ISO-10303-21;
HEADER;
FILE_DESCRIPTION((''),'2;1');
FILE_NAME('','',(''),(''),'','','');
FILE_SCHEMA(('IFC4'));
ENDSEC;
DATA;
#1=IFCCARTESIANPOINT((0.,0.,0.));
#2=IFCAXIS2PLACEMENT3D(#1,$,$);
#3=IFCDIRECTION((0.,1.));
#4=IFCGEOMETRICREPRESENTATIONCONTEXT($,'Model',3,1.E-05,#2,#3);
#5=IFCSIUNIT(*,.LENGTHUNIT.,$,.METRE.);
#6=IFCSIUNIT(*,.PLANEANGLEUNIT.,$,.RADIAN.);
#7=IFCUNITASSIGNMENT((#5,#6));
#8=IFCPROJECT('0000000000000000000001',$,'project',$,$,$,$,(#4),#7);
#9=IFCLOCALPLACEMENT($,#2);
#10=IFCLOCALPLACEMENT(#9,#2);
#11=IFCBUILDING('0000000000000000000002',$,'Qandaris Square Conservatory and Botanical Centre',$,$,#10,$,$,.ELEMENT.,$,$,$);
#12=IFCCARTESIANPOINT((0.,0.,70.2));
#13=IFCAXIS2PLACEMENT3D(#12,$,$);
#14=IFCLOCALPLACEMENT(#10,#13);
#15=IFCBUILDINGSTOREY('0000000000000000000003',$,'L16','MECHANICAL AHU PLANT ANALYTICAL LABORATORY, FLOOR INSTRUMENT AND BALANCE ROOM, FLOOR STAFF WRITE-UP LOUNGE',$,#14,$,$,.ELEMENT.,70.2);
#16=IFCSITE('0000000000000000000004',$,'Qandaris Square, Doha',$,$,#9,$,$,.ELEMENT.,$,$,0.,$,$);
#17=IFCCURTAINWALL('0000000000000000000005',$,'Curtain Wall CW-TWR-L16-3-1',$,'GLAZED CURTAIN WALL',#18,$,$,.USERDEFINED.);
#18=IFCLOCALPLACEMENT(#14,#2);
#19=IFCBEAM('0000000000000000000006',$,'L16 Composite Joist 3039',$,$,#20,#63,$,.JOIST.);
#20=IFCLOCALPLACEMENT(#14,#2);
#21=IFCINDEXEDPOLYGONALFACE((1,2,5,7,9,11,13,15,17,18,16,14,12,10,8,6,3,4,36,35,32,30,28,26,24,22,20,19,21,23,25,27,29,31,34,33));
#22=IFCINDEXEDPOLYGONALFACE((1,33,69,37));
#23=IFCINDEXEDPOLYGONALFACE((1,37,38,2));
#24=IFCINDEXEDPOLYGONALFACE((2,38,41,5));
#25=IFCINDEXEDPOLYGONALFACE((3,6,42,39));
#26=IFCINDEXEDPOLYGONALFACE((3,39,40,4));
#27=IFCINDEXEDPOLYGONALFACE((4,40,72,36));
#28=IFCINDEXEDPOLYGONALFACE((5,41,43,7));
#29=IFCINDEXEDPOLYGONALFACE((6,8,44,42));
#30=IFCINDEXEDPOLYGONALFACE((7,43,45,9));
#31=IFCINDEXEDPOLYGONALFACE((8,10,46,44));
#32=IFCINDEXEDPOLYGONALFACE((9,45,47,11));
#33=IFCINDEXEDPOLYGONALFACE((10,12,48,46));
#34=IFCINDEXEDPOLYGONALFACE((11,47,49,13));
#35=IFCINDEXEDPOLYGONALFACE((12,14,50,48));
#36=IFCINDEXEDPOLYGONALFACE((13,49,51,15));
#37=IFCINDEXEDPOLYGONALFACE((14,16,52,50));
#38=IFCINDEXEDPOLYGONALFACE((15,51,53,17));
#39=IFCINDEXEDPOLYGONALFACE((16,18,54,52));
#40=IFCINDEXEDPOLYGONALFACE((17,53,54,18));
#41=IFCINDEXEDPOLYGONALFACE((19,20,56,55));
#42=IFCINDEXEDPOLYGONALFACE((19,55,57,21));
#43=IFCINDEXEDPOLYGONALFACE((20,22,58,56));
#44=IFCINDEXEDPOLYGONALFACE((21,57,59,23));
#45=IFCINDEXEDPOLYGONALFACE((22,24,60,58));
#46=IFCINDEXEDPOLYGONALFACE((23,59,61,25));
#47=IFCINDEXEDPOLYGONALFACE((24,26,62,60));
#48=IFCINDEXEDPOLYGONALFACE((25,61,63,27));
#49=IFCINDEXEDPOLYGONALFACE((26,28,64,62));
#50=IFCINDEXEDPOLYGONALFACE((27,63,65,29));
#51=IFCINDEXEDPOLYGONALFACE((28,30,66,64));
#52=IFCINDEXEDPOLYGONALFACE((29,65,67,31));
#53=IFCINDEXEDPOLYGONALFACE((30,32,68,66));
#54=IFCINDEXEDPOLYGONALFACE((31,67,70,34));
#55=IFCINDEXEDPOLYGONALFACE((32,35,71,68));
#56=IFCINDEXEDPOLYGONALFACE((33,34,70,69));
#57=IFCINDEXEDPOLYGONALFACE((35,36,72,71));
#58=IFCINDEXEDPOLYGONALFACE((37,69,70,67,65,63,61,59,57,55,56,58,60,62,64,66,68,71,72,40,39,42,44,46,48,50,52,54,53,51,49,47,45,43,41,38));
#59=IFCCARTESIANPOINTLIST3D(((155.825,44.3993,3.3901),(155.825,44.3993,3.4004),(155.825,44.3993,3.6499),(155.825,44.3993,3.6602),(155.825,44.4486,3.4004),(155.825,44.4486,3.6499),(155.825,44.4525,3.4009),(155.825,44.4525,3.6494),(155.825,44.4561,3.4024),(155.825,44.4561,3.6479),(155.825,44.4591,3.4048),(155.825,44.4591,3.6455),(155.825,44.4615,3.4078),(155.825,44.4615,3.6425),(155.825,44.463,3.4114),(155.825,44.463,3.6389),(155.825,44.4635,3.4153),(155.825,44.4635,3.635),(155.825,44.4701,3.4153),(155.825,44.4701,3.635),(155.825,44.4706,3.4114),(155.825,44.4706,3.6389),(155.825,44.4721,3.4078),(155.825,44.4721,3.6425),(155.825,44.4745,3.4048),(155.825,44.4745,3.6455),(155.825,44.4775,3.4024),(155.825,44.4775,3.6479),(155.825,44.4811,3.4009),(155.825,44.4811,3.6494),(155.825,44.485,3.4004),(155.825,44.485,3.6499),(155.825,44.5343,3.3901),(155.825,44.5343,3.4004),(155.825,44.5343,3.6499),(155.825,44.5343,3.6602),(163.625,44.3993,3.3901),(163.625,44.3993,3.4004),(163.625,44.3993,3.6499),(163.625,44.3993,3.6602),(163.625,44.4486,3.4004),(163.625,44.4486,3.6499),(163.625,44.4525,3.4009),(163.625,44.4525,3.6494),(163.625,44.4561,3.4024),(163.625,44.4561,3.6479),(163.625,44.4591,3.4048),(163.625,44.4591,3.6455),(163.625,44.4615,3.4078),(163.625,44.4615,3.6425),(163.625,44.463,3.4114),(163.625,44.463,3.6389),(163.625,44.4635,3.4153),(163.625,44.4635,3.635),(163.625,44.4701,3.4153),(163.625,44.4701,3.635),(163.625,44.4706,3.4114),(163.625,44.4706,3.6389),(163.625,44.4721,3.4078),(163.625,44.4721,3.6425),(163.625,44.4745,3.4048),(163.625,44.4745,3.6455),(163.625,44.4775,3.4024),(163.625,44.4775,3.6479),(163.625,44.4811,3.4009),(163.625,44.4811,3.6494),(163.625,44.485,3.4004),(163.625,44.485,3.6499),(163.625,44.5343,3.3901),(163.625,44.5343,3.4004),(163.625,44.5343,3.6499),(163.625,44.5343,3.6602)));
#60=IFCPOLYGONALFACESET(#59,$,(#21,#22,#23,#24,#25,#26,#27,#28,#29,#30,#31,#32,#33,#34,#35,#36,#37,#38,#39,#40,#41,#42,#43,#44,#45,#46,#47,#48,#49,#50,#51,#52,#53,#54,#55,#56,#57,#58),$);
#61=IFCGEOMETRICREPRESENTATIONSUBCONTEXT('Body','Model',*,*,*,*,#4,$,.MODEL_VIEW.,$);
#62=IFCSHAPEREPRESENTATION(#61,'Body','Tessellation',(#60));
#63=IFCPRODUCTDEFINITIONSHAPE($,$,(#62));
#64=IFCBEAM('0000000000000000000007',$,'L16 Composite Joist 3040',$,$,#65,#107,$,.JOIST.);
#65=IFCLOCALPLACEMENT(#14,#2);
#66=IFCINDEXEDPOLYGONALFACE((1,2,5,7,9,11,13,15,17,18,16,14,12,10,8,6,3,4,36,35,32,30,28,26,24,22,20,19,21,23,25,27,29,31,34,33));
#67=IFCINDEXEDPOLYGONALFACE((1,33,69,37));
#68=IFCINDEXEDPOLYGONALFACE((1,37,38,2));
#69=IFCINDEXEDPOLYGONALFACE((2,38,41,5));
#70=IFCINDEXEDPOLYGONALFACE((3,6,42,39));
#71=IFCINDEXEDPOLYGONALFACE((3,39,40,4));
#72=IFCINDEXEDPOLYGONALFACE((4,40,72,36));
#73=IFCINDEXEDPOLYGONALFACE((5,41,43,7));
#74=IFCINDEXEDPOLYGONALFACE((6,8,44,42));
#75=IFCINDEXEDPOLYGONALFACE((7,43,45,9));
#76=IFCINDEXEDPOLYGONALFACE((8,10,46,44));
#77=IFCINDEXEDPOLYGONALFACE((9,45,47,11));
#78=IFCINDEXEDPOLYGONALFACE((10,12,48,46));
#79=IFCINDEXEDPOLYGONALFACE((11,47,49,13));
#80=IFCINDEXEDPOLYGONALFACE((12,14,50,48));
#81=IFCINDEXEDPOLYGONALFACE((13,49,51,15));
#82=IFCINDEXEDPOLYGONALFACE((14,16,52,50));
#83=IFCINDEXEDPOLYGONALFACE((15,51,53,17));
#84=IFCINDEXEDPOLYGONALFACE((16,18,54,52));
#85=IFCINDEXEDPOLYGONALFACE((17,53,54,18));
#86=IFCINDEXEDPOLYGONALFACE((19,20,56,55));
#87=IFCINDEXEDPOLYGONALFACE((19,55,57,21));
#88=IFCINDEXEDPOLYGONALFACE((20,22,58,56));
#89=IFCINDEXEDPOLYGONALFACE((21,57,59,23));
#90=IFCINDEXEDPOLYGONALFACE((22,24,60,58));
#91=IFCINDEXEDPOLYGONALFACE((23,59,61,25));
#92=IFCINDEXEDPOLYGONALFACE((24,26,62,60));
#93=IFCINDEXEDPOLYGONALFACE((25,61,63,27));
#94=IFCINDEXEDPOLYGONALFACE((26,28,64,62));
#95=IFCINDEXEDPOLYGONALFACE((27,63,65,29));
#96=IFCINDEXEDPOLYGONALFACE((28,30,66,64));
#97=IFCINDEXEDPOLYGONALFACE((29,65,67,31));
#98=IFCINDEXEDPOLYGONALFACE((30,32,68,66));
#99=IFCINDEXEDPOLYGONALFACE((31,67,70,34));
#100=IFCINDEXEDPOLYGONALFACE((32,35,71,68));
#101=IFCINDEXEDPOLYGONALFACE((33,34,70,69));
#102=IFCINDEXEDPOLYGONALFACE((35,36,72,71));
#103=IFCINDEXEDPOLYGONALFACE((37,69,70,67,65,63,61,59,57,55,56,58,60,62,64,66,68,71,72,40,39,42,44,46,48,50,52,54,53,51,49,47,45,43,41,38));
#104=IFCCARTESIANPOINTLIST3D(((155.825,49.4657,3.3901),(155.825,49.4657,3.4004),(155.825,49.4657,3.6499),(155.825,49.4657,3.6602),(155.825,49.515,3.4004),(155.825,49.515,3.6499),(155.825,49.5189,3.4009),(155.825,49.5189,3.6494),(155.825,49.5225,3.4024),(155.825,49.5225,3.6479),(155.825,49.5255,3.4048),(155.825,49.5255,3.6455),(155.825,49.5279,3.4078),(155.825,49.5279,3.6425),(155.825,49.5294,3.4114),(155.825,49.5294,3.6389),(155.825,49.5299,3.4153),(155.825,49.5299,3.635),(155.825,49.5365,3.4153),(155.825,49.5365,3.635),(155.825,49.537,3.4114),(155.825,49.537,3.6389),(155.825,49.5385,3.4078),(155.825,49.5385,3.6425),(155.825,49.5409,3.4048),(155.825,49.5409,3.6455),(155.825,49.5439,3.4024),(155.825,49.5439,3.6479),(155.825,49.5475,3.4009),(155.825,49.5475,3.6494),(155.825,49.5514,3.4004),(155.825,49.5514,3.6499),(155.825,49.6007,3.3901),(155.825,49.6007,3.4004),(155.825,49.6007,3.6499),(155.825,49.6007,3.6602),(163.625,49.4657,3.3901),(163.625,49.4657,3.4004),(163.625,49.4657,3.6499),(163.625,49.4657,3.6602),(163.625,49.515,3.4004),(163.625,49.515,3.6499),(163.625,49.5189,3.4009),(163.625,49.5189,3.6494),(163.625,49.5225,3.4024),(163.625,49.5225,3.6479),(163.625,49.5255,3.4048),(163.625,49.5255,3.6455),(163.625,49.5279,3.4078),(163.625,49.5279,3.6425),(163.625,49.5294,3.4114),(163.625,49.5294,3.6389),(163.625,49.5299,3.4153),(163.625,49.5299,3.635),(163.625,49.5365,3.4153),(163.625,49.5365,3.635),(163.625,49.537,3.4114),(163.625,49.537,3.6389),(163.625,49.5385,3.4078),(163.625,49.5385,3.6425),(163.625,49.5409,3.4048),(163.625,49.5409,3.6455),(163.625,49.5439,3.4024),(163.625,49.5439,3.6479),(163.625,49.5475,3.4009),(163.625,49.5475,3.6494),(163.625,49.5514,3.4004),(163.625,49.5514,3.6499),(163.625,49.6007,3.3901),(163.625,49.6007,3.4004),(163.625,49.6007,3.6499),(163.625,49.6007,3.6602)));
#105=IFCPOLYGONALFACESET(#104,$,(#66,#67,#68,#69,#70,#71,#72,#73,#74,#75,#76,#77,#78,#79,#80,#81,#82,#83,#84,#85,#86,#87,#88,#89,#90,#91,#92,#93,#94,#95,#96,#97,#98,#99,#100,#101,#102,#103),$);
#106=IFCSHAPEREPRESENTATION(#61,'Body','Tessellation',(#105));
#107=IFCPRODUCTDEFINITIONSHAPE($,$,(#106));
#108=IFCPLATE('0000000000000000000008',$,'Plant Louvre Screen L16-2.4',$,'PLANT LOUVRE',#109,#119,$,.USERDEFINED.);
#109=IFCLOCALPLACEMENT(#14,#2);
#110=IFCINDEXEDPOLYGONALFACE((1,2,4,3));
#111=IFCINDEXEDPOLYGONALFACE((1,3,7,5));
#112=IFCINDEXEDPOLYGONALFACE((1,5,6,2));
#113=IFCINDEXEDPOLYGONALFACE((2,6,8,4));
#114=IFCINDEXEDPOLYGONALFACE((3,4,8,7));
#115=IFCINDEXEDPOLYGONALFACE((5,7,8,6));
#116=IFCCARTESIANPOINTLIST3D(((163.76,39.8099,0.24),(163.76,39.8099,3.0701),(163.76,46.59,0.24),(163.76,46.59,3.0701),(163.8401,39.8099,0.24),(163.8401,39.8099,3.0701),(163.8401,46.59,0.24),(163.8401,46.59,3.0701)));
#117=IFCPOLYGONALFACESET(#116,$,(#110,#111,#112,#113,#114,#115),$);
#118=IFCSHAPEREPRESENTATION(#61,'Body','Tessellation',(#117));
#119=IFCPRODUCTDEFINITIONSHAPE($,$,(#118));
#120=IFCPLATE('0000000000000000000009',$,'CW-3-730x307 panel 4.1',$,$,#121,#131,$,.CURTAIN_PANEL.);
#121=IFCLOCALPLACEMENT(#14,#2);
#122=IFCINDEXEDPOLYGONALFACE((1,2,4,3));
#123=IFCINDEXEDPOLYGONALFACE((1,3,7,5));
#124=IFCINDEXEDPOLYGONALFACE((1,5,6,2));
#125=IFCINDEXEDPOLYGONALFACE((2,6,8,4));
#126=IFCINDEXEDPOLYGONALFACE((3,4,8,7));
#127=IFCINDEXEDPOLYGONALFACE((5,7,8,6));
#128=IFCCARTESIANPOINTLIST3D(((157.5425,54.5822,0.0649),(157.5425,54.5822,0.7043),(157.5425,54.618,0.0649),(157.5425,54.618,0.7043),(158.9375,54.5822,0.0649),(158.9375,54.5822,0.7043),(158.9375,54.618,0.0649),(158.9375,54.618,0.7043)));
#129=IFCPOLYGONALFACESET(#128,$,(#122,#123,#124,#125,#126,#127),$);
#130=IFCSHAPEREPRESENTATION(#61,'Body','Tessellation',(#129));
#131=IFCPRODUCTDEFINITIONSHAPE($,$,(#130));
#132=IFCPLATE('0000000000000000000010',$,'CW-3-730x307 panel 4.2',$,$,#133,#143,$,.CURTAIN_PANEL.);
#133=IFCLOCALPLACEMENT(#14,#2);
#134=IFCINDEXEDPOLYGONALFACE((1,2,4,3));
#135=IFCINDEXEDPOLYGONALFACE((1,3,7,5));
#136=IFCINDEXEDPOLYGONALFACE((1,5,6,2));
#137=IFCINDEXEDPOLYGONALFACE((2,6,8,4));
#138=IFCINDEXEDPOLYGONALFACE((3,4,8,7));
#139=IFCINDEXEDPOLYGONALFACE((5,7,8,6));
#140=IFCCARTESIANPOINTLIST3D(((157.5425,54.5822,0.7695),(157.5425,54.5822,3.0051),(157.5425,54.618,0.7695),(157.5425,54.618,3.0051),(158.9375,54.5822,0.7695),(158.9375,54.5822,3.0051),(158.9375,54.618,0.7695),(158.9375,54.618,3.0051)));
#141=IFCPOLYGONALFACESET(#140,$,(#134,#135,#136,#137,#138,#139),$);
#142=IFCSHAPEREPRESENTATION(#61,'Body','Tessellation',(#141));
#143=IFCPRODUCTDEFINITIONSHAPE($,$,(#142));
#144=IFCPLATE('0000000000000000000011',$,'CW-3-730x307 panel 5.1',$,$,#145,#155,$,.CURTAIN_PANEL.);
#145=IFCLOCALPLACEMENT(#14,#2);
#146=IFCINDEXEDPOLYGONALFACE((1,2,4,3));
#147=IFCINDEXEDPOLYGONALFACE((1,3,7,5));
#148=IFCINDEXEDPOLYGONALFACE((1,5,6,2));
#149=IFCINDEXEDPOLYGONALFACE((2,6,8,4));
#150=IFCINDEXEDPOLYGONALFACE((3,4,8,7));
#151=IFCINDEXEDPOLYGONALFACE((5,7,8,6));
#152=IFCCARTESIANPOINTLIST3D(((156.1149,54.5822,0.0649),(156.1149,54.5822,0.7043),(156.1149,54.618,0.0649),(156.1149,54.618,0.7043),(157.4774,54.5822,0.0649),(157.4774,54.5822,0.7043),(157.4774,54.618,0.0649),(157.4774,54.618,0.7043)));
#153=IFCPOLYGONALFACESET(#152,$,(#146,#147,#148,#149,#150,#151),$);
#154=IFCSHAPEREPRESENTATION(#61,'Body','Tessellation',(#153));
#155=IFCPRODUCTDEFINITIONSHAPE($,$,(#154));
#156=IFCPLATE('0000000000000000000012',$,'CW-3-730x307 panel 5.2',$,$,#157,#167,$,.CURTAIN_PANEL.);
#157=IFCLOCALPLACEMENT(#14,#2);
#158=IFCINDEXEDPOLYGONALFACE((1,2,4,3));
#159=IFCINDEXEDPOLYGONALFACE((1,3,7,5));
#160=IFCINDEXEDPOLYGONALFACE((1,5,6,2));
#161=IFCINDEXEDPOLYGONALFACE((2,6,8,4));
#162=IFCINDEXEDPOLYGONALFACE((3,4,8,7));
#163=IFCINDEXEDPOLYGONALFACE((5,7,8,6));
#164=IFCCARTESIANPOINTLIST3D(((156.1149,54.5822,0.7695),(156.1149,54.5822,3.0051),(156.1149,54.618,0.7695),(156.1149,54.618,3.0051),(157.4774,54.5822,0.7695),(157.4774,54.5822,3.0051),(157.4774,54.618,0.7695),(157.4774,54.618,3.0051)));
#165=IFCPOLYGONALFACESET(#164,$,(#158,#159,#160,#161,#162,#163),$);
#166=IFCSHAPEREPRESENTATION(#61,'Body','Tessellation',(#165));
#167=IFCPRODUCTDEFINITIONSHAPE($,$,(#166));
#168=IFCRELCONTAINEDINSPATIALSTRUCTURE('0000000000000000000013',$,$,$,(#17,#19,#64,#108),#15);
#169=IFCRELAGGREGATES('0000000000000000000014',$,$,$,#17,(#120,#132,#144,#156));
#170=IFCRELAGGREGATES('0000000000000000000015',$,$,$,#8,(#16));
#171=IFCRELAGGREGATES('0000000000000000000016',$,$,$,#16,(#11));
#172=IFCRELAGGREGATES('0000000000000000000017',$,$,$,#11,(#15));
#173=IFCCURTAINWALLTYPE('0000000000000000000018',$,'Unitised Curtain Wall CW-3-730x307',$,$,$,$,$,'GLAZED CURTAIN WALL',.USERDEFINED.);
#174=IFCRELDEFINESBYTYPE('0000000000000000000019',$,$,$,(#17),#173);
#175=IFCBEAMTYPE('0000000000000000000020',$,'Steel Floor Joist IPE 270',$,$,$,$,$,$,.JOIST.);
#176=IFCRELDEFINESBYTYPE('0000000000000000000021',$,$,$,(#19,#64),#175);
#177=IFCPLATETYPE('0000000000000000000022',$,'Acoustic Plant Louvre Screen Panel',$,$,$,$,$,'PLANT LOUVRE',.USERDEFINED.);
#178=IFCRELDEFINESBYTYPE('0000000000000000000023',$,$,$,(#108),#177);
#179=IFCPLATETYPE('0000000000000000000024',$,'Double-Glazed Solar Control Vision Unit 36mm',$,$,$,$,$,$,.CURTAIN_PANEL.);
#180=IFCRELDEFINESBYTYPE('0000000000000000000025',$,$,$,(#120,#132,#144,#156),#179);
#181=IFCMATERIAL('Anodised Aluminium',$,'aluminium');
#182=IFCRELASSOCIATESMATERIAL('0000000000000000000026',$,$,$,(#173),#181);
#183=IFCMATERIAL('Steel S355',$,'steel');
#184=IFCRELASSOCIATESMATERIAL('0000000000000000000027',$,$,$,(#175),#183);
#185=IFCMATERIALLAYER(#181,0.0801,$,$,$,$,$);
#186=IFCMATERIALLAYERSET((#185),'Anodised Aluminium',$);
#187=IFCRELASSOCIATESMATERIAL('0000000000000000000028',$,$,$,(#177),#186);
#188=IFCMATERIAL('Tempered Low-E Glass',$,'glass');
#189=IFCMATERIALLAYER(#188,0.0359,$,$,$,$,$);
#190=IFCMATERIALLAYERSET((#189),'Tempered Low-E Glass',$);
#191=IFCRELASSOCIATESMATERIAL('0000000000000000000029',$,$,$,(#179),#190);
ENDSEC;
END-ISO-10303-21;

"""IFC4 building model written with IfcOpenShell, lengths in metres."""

from ifc_helpers import new_model, si_unit, direction, frame, origin, origin_2d, place, context, subcontext, project, spatial, rectangle, i_section, extrude, material, layer, layer_set, material_profile, profile_set, type_object, element, aggregate, save


model = new_model("IFC4")

# Units and contexts
model_context = context("Model", 3, precision=1e-05, world=origin(), true_north=direction((0.0, 1.0)))
body_context = subcontext(model_context, "Body", "Model", "MODEL_VIEW")
ifc_project = project(units=[si_unit("LENGTHUNIT", "METRE"), si_unit("PLANEANGLEUNIT", "RADIAN")], contexts=[model_context])

# Site, building, storey
site_placement = place(None, origin())
site = spatial("IfcSite", under=ifc_project, at=site_placement, Name="Qandaris Square, Doha", CompositionType="ELEMENT", RefElevation=0.0)
building_placement = place(site_placement, origin())
building = spatial("IfcBuilding", under=site, at=building_placement, Name="Qandaris Square Conservatory and Botanical Centre", CompositionType="ELEMENT")
storey_placement = place(building_placement, frame((0.0, 0.0, 70.2)))
storey = spatial("IfcBuildingStorey", under=building, at=storey_placement, Name="L16", Description="MECHANICAL AHU PLANT ANALYTICAL LABORATORY, FLOOR INSTRUMENT AND BALANCE ROOM, FLOOR STAFF WRITE-UP LOUNGE", CompositionType="ELEMENT", Elevation=70.2)

# Shared definitions
ifc_material_1 = material(Name="Steel S355", Category="steel")

# Shared definitions
ifc_material_2 = material(Name="Anodised Aluminium", Category="aluminium")

# Curtain wall
curtain_wall_type_1 = type_object("IfcCurtainWallType", Name="Unitised Curtain Wall CW-3-730x307", ElementType="GLAZED CURTAIN WALL", PredefinedType="USERDEFINED", material=ifc_material_2)
curtain_wall_1_placement = place(storey_placement, origin())
curtain_wall_1 = element("IfcCurtainWall", 1, at=curtain_wall_1_placement, inside=storey, type_object=curtain_wall_type_1, Name="Curtain Wall CW-TWR-L16-3-1", ObjectType="GLAZED CURTAIN WALL", PredefinedType="USERDEFINED")

# Beams
ifc_material_profile_1 = material_profile(ifc_material_1, i_section(OverallWidth=0.135, OverallDepth=0.27, WebThickness=0.0066, FlangeThickness=0.0103, FilletRadius=0.0149, at=origin_2d()), Name="IPE 270")
ifc_profile_set_1 = profile_set([ifc_material_profile_1], Name="Steel S355")
beam_type_1 = type_object("IfcBeamType", Name="Steel Floor Joist IPE 270", PredefinedType="JOIST", material=ifc_profile_set_1)
for number, where, z_axis, x_axis, name in (
    (2, (155.825, 44.4668, 3.5251), (1.0, 0.0, 0.0), (0.0, 1.0, 0.0), "L16 Composite Joist 3039"),
    (3, (155.825, 49.5332, 3.5251), (1.0, 0.0, 0.0), (0.0, 1.0, 0.0), "L16 Composite Joist 3040"),
):
    element("IfcBeam", number, at=place(storey_placement, frame(where, z_axis=z_axis, x_axis=x_axis)), inside=storey, type_object=beam_type_1, Name=name, PredefinedType="JOIST", context=body_context, shape_type="SweptSolid", body=[
        extrude(i_section(OverallWidth=0.135, OverallDepth=0.27, WebThickness=0.0066, FlangeThickness=0.0103, FilletRadius=0.0149, at=origin_2d()), origin(), (0.0, 0.0, 1.0), 7.8),
    ])

# Plates
ifc_layer_1 = layer(ifc_material_2, 0.0801)
ifc_layer_set_1 = layer_set([ifc_layer_1], Name="Anodised Aluminium")
plate_type_1 = type_object("IfcPlateType", Name="Acoustic Plant Louvre Screen Panel", ElementType="PLANT LOUVRE", PredefinedType="USERDEFINED", material=ifc_layer_set_1)
plate_1_placement = place(storey_placement, frame((163.8, 43.2, 0.24), z_axis=(0.0, 0.0, 1.0), x_axis=(0.0, 1.0, 0.0)))
element("IfcPlate", 4, at=plate_1_placement, inside=storey, type_object=plate_type_1, Name="Plant Louvre Screen L16-2.4", ObjectType="PLANT LOUVRE", PredefinedType="USERDEFINED", context=body_context, shape_type="SweptSolid", body=[
    extrude(rectangle(XDim=6.78, YDim=0.0801, at=origin_2d()), origin(), (0.0, 0.0, 1.0), 2.8301),
])
ifc_material_3 = material(Name="Tempered Low-E Glass", Category="glass")
ifc_layer_2 = layer(ifc_material_3, 0.0359)
ifc_layer_set_2 = layer_set([ifc_layer_2], Name="Tempered Low-E Glass")
plate_type_2 = type_object("IfcPlateType", Name="Double-Glazed Solar Control Vision Unit 36mm", PredefinedType="CURTAIN_PANEL", material=ifc_layer_set_2)
plate_2_placement = place(storey_placement, frame((158.24, 54.6001, 0.0649), z_axis=(0.0, 0.0, 1.0), x_axis=(-1.0, 0.0, 0.0)))
plate_2 = element("IfcPlate", 5, at=plate_2_placement, type_object=plate_type_2, Name="CW-3-730x307 panel 4.1", PredefinedType="CURTAIN_PANEL", context=body_context, shape_type="SweptSolid", body=[
    extrude(rectangle(XDim=1.395, YDim=0.0359, at=origin_2d()), origin(), (0.0, 0.0, 1.0), 0.6394),
])
plate_3_placement = place(storey_placement, frame((158.24, 54.6001, 0.7695), z_axis=(0.0, 0.0, 1.0), x_axis=(-1.0, 0.0, 0.0)))
plate_3 = element("IfcPlate", 6, at=plate_3_placement, type_object=plate_type_2, Name="CW-3-730x307 panel 4.2", PredefinedType="CURTAIN_PANEL", context=body_context, shape_type="SweptSolid", body=[
    extrude(rectangle(XDim=1.395, YDim=0.0359, at=origin_2d()), origin(), (0.0, 0.0, 1.0), 2.2356),
])
plate_4_placement = place(storey_placement, frame((156.7961, 54.6001, 0.0649), z_axis=(0.0, 0.0, 1.0), x_axis=(-1.0, 0.0, 0.0)))
plate_4 = element("IfcPlate", 7, at=plate_4_placement, type_object=plate_type_2, Name="CW-3-730x307 panel 5.1", PredefinedType="CURTAIN_PANEL", context=body_context, shape_type="SweptSolid", body=[
    extrude(rectangle(XDim=1.3625, YDim=0.0359, at=origin_2d()), origin(), (0.0, 0.0, 1.0), 0.6394),
])
plate_5_placement = place(storey_placement, frame((156.7961, 54.6001, 0.7695), z_axis=(0.0, 0.0, 1.0), x_axis=(-1.0, 0.0, 0.0)))
plate_5 = element("IfcPlate", 8, at=plate_5_placement, type_object=plate_type_2, Name="CW-3-730x307 panel 5.2", PredefinedType="CURTAIN_PANEL", context=body_context, shape_type="SweptSolid", body=[
    extrude(rectangle(XDim=1.3625, YDim=0.0359, at=origin_2d()), origin(), (0.0, 0.0, 1.0), 2.2356),
])
aggregate(curtain_wall_1, [plate_2, plate_3, plate_4, plate_5])

save(model, "model.ifc")
